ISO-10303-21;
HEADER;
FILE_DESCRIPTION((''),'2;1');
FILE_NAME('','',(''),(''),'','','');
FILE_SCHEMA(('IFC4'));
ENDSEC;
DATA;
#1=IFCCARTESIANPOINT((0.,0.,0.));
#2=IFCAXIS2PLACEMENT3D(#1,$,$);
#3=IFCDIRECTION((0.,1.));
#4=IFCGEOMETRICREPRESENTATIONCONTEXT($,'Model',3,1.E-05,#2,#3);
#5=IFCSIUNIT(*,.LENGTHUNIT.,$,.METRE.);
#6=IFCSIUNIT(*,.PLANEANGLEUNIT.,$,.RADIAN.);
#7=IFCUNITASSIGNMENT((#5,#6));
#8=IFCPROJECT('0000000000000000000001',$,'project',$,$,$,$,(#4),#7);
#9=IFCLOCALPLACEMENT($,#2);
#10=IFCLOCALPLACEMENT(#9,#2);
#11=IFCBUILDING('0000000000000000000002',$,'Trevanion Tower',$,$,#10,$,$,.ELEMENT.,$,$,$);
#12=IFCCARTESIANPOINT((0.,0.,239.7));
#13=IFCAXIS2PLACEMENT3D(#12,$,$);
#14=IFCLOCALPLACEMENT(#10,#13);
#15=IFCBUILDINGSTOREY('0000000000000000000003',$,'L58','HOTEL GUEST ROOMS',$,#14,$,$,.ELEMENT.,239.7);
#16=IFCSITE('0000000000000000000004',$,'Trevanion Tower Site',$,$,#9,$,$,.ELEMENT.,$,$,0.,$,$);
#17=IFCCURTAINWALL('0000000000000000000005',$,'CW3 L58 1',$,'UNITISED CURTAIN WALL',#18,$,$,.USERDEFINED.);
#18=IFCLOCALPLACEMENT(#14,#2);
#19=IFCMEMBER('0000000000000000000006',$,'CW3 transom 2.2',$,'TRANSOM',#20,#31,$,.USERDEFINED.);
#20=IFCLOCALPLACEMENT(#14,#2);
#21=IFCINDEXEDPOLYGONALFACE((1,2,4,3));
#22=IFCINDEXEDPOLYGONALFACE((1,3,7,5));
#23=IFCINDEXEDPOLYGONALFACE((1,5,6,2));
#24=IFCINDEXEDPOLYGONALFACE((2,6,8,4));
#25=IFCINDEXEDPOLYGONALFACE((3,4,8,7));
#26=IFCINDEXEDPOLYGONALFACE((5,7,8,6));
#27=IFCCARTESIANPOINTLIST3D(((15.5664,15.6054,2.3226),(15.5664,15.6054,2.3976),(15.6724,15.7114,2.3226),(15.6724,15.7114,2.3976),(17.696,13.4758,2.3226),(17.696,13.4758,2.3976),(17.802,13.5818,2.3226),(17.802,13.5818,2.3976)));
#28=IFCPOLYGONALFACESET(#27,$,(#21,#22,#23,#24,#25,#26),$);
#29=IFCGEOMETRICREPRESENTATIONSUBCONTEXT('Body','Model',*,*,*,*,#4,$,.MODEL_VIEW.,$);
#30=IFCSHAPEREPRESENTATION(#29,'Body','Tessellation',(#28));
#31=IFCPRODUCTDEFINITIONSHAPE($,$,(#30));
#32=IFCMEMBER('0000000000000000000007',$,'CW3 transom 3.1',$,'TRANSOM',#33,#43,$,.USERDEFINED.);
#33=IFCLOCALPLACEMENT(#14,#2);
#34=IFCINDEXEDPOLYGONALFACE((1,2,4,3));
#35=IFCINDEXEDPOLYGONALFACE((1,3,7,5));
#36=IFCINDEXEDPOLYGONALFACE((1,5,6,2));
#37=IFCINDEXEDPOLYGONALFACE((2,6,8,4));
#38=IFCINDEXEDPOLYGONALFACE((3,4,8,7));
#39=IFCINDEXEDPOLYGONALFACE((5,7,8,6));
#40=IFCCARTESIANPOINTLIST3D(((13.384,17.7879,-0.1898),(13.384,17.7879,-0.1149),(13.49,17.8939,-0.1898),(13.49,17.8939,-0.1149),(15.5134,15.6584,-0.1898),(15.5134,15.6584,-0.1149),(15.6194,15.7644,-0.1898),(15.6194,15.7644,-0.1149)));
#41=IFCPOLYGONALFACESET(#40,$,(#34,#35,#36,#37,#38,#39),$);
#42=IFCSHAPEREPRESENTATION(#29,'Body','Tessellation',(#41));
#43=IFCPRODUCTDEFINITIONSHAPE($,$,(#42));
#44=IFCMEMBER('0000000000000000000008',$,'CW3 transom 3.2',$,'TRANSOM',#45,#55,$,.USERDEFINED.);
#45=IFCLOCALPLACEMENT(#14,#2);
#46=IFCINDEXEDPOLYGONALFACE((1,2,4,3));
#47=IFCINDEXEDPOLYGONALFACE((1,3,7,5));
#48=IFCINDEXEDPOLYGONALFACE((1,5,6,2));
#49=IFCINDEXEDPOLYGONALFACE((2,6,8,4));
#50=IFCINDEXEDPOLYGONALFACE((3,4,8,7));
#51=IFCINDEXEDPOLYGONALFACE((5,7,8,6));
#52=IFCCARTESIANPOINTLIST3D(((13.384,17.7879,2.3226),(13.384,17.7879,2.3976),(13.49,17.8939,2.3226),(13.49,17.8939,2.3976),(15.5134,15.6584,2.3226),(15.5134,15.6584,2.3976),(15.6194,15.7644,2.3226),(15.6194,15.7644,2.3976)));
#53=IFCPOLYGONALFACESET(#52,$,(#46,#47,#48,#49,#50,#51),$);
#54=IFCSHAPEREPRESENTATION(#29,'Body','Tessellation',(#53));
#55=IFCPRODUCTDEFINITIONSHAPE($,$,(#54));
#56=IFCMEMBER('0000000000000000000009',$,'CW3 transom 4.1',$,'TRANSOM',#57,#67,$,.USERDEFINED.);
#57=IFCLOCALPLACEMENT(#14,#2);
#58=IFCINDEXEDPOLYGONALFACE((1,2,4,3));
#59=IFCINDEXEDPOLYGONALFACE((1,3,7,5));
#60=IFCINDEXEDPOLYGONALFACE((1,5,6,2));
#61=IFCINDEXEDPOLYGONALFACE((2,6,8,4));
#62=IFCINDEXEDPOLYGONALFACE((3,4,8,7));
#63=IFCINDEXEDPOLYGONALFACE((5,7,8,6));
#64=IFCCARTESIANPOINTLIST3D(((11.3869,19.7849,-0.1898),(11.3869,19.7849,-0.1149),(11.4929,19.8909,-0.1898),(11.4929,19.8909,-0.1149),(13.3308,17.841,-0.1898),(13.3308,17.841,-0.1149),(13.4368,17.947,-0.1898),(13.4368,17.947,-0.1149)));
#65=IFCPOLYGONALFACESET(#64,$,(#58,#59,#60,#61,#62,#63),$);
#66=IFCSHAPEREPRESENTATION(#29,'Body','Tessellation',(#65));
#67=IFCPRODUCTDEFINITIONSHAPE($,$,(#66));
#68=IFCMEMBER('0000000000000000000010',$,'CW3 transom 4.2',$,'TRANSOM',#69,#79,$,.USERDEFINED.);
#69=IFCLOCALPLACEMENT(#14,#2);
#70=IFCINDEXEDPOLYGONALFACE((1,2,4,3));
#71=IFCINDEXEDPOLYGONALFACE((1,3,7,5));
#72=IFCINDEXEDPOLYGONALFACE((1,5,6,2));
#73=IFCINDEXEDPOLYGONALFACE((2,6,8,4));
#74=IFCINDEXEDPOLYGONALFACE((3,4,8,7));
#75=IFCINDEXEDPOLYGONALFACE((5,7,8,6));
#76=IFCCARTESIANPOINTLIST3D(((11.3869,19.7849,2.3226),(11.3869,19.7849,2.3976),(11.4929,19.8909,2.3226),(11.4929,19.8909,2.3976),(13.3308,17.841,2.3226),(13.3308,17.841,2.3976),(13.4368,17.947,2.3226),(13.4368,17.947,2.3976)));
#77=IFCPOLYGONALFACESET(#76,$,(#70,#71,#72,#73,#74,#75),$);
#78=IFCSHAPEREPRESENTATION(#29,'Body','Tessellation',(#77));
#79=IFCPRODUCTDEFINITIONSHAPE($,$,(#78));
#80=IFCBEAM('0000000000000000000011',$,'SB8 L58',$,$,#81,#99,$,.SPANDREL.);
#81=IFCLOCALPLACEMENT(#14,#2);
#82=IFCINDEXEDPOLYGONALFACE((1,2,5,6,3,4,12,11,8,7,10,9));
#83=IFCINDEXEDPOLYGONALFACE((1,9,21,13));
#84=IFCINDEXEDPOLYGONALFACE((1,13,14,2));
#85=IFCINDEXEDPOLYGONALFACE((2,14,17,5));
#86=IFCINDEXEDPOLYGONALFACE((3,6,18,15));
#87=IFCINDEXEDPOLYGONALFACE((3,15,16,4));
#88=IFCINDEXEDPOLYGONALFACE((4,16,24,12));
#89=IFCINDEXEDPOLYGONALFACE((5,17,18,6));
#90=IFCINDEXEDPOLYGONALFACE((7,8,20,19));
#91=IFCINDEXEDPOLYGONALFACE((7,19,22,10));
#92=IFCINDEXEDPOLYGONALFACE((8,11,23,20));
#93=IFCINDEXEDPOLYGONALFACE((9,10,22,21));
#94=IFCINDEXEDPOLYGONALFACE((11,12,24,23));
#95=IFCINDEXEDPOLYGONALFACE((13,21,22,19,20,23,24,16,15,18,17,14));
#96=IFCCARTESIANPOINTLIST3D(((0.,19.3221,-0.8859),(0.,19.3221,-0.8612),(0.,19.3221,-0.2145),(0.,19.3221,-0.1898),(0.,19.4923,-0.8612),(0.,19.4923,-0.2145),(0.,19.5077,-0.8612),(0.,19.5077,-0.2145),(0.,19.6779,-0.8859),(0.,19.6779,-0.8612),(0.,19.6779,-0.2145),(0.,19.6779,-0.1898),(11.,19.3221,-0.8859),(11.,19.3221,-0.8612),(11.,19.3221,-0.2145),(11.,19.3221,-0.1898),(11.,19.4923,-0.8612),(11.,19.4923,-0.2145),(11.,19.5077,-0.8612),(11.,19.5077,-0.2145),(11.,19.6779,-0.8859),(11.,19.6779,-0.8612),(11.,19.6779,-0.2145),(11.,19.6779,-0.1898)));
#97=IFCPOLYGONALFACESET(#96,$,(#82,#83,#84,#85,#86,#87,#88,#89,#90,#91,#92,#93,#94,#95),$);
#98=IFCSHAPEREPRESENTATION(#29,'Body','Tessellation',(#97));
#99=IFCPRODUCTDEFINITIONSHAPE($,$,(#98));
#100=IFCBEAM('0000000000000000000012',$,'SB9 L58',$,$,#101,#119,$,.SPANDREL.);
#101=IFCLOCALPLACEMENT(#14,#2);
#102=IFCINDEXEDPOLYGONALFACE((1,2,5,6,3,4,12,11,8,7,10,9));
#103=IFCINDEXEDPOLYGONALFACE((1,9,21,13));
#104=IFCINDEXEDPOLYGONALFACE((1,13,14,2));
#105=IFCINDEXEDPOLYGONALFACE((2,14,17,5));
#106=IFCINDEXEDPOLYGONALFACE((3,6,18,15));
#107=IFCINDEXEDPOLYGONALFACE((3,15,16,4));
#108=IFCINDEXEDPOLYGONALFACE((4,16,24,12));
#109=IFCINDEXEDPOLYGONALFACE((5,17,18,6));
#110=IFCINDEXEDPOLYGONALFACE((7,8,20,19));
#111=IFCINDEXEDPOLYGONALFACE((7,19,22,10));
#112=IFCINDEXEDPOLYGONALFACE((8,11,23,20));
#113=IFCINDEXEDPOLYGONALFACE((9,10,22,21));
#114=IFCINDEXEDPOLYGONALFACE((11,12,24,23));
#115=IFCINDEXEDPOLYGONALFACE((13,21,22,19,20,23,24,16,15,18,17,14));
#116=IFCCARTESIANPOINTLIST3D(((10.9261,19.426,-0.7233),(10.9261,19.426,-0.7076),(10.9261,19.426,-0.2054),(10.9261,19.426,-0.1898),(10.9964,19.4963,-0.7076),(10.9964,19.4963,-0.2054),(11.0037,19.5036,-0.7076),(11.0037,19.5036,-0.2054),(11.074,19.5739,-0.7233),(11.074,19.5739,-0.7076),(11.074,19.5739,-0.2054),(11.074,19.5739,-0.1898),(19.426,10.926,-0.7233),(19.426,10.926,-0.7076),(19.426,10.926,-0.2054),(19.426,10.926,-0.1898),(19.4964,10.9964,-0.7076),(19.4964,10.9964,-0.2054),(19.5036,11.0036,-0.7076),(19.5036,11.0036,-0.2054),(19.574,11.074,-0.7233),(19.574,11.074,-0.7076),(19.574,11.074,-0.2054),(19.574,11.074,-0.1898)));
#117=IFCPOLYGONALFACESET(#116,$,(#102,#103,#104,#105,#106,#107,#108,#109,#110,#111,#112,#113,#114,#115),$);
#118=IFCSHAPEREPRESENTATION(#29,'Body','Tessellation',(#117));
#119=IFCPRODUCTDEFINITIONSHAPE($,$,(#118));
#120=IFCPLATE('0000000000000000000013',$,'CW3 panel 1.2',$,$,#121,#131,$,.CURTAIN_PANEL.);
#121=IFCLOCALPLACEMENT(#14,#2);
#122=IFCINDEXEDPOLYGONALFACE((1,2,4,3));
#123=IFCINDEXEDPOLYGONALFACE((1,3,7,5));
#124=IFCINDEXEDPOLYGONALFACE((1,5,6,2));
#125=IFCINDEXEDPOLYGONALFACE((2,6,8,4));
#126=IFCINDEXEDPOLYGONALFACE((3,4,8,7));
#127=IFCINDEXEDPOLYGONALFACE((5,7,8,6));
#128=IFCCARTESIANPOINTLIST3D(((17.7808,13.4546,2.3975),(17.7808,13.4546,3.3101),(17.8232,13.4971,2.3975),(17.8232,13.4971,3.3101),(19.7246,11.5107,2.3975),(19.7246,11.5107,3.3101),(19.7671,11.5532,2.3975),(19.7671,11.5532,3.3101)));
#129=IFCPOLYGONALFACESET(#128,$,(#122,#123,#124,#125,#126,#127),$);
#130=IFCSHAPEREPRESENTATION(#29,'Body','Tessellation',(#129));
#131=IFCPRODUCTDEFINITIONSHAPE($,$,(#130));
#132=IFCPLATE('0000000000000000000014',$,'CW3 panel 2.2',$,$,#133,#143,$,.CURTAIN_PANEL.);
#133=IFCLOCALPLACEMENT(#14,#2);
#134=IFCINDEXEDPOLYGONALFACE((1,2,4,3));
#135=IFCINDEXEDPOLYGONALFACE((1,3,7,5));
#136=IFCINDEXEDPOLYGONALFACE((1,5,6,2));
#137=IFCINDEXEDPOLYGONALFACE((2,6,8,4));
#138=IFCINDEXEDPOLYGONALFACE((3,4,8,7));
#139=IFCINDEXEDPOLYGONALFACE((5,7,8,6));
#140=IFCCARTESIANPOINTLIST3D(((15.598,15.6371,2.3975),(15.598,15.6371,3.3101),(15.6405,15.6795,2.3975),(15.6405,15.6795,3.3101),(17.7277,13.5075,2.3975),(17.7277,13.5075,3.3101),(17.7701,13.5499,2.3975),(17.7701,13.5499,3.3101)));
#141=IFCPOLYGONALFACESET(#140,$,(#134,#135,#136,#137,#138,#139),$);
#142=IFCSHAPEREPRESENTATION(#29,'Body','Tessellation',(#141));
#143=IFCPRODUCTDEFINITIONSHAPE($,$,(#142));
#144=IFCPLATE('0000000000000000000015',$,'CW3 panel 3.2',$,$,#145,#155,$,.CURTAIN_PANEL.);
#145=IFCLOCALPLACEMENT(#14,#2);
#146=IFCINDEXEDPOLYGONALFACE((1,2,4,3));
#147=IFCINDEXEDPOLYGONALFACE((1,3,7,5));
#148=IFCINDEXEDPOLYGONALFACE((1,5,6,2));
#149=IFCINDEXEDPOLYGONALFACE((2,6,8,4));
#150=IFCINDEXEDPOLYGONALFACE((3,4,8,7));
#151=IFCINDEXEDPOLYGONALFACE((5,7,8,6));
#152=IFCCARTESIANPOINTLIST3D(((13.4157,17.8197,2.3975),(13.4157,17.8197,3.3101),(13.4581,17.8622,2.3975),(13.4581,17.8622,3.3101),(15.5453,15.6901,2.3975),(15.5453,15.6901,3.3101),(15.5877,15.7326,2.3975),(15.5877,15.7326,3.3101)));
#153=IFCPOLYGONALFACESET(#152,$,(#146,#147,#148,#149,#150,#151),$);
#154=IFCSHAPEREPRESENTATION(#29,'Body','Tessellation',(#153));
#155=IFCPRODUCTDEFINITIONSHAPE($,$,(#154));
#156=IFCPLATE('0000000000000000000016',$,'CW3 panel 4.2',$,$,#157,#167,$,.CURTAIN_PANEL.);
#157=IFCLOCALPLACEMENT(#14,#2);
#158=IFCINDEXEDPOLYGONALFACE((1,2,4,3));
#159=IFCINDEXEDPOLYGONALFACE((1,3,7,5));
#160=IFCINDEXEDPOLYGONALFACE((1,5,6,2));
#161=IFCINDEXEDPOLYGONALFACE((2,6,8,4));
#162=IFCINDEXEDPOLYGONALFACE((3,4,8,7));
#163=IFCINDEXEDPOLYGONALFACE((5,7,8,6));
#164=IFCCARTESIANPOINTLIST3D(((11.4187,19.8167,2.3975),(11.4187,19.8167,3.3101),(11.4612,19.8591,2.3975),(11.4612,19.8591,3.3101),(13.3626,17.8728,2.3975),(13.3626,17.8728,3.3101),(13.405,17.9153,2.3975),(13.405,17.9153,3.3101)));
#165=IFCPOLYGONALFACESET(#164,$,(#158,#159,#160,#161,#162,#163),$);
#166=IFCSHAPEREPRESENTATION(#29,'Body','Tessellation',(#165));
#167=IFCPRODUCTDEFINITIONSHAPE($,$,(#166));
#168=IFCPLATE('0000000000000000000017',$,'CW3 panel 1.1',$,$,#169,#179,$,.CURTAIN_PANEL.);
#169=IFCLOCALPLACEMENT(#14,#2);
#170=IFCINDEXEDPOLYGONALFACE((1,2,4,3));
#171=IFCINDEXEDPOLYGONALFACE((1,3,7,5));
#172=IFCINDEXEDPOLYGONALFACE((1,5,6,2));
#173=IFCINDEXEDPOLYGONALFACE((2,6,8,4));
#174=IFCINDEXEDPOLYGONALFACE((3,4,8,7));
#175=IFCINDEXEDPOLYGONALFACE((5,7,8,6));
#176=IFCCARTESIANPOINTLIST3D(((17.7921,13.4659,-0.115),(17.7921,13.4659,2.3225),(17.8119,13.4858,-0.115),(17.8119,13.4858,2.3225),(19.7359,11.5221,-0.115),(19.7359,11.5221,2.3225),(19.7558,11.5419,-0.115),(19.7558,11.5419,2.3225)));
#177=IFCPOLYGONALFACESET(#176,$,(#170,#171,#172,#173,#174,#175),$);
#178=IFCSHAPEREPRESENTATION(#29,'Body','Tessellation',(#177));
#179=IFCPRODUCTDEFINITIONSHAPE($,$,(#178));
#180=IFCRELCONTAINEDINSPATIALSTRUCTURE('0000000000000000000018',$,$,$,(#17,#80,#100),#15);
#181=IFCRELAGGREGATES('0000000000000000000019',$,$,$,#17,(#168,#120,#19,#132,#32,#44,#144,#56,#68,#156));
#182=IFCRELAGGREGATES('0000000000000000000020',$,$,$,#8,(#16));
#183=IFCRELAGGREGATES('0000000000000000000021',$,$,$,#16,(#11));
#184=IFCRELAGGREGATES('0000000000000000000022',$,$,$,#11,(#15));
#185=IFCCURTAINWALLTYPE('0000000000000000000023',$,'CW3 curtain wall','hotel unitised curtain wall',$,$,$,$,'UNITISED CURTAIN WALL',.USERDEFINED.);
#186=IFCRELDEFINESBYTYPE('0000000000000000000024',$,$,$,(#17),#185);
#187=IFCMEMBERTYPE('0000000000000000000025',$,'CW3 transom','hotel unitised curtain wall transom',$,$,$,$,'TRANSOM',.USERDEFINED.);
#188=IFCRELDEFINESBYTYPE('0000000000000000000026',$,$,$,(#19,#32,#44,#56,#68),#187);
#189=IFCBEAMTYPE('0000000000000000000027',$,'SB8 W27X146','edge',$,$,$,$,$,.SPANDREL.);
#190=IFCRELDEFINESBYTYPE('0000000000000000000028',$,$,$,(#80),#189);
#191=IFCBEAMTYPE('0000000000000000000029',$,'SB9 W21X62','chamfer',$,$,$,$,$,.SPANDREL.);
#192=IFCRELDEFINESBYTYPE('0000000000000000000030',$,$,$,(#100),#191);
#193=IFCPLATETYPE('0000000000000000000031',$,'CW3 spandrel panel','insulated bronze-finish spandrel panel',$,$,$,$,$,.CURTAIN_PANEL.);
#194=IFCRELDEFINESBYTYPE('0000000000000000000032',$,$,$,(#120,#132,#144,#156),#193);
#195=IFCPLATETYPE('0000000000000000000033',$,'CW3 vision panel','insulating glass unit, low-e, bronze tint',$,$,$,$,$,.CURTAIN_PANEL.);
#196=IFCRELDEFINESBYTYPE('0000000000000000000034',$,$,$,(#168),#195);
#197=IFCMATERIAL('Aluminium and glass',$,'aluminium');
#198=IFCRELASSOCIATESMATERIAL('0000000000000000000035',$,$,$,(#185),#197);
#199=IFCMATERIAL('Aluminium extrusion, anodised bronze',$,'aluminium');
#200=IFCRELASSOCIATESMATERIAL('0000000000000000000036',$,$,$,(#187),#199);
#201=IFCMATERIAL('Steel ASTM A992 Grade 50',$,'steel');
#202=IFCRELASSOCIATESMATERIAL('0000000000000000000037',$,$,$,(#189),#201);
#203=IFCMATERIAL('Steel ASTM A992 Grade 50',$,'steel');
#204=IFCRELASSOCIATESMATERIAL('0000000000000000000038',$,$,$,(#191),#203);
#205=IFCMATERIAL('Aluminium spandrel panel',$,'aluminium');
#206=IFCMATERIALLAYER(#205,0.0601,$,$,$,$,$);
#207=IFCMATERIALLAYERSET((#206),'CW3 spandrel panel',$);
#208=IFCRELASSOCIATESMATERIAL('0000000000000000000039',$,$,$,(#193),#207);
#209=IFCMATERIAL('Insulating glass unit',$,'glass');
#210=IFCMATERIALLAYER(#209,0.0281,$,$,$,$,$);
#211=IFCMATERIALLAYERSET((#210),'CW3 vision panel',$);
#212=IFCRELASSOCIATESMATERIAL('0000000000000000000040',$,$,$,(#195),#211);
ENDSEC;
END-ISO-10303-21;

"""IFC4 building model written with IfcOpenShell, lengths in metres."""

from ifc_helpers import new_model, si_unit, direction, frame, origin, origin_2d, place, context, subcontext, project, spatial, rectangle, i_section, extrude, material, layer, layer_set, material_profile, profile_set, type_object, element, aggregate, save


model = new_model("IFC4")

# Units and contexts
model_context = context("Model", 3, precision=1e-05, world=origin(), true_north=direction((0.0, 1.0)))
body_context = subcontext(model_context, "Body", "Model", "MODEL_VIEW")
ifc_project = project(units=[si_unit("LENGTHUNIT", "METRE"), si_unit("PLANEANGLEUNIT", "RADIAN")], contexts=[model_context])

# Site, building, storey
site_placement = place(None, origin())
site = spatial("IfcSite", under=ifc_project, at=site_placement, Name="Trevanion Tower Site", CompositionType="ELEMENT", RefElevation=0.0)
building_placement = place(site_placement, origin())
building = spatial("IfcBuilding", under=site, at=building_placement, Name="Trevanion Tower", CompositionType="ELEMENT")
storey_placement = place(building_placement, frame((0.0, 0.0, 239.7)))
storey = spatial("IfcBuildingStorey", under=building, at=storey_placement, Name="L58", Description="HOTEL GUEST ROOMS", CompositionType="ELEMENT", Elevation=239.7)

# Curtain wall
ifc_material_1 = material(Name="Aluminium and glass", Category="aluminium")
curtain_wall_type = type_object("IfcCurtainWallType", Name="CW3 curtain wall", Description="hotel unitised curtain wall", ElementType="UNITISED CURTAIN WALL", PredefinedType="USERDEFINED", material=ifc_material_1)
curtain_wall_1_placement = place(storey_placement, origin())
curtain_wall_1 = element("IfcCurtainWall", 1, at=curtain_wall_1_placement, inside=storey, type_object=curtain_wall_type, Name="CW3 L58 1", ObjectType="UNITISED CURTAIN WALL", PredefinedType="USERDEFINED")

# Members
ifc_material_2 = material(Name="Aluminium extrusion, anodised bronze", Category="aluminium")
ifc_material_profile_1 = material_profile(ifc_material_2, rectangle(XDim=0.1499, YDim=0.075, at=origin_2d()), Name="CW3 transom")
ifc_profile_set_1 = profile_set([ifc_material_profile_1], Name="Aluminium extrusion, anodised bronze")
member_type_1 = type_object("IfcMemberType", Name="CW3 transom", Description="hotel unitised curtain wall transom", ElementType="TRANSOM", PredefinedType="USERDEFINED", material=ifc_profile_set_1)
member_1_placement = place(storey_placement, frame((17.749, 13.5288, 2.3601), z_axis=(-0.707107, 0.707107, 0.0), x_axis=(-0.707107, -0.707107, 0.0)))
member_1 = element("IfcMember", 2, at=member_1_placement, type_object=member_type_1, Name="CW3 transom 2.2", ObjectType="TRANSOM", PredefinedType="USERDEFINED", context=body_context, shape_type="SweptSolid", body=[
    extrude(rectangle(XDim=0.1499, YDim=0.075, at=origin_2d()), origin(), (0.0, 0.0, 1.0), 3.0117),
])
member_2_placement = place(storey_placement, frame((15.5664, 15.7114, -0.1523), z_axis=(-0.707107, 0.707107, 0.0), x_axis=(-0.707107, -0.707107, 0.0)))
member_2 = element("IfcMember", 3, at=member_2_placement, type_object=member_type_1, Name="CW3 transom 3.1", ObjectType="TRANSOM", PredefinedType="USERDEFINED", context=body_context, shape_type="SweptSolid", body=[
    extrude(rectangle(XDim=0.1499, YDim=0.075, at=origin_2d()), origin(), (0.0, 0.0, 1.0), 3.0115),
])
member_3_placement = place(storey_placement, frame((15.5664, 15.7114, 2.3601), z_axis=(-0.707107, 0.707107, 0.0), x_axis=(-0.707107, -0.707107, 0.0)))
member_3 = element("IfcMember", 4, at=member_3_placement, type_object=member_type_1, Name="CW3 transom 3.2", ObjectType="TRANSOM", PredefinedType="USERDEFINED", context=body_context, shape_type="SweptSolid", body=[
    extrude(rectangle(XDim=0.1499, YDim=0.075, at=origin_2d()), origin(), (0.0, 0.0, 1.0), 3.0115),
])
member_4_placement = place(storey_placement, frame((13.3838, 17.894, -0.1523), z_axis=(-0.707107, 0.707107, 0.0), x_axis=(-0.707107, -0.707107, 0.0)))
member_4 = element("IfcMember", 5, at=member_4_placement, type_object=member_type_1, Name="CW3 transom 4.1", ObjectType="TRANSOM", PredefinedType="USERDEFINED", context=body_context, shape_type="SweptSolid", body=[
    extrude(rectangle(XDim=0.1499, YDim=0.075, at=origin_2d()), origin(), (0.0, 0.0, 1.0), 2.749),
])
member_5_placement = place(storey_placement, frame((13.3838, 17.894, 2.3601), z_axis=(-0.707107, 0.707107, 0.0), x_axis=(-0.707107, -0.707107, 0.0)))
member_5 = element("IfcMember", 6, at=member_5_placement, type_object=member_type_1, Name="CW3 transom 4.2", ObjectType="TRANSOM", PredefinedType="USERDEFINED", context=body_context, shape_type="SweptSolid", body=[
    extrude(rectangle(XDim=0.1499, YDim=0.075, at=origin_2d()), origin(), (0.0, 0.0, 1.0), 2.749),
])

# Beams
ifc_material_3 = material(Name="Steel ASTM A992 Grade 50", Category="steel")
ifc_material_profile_2 = material_profile(ifc_material_3, i_section(OverallWidth=0.3557, OverallDepth=0.696, WebThickness=0.0154, FlangeThickness=0.0247, at=origin_2d()), Name="W27X146")
ifc_profile_set_2 = profile_set([ifc_material_profile_2], Name="Steel ASTM A992 Grade 50")
beam_type_1 = type_object("IfcBeamType", Name="SB8 W27X146", Description="edge", PredefinedType="SPANDREL", material=ifc_profile_set_2)
beam_1_placement = place(storey_placement, frame((11.0, 19.5, -0.5378), z_axis=(-1.0, 0.0, 0.0), x_axis=(0.0, -1.0, 0.0)))
element("IfcBeam", 7, at=beam_1_placement, inside=storey, type_object=beam_type_1, Name="SB8 L58", PredefinedType="SPANDREL", context=body_context, shape_type="SweptSolid", body=[
    extrude(i_section(OverallWidth=0.3557, OverallDepth=0.696, WebThickness=0.0154, FlangeThickness=0.0247, at=origin_2d()), origin(), (0.0, 0.0, 1.0), 11.0),
])
ifc_material_4 = material(Name="Steel ASTM A992 Grade 50", Category="steel")
ifc_material_profile_3 = material_profile(ifc_material_4, i_section(OverallWidth=0.2092, OverallDepth=0.5334, WebThickness=0.0103, FlangeThickness=0.0156, at=origin_2d()), Name="W21X62")
ifc_profile_set_3 = profile_set([ifc_material_profile_3], Name="Steel ASTM A992 Grade 50")
beam_type_2 = type_object("IfcBeamType", Name="SB9 W21X62", Description="chamfer", PredefinedType="SPANDREL", material=ifc_profile_set_3)
beam_2_placement = place(storey_placement, frame((19.5, 11.0, -0.4565), z_axis=(-0.707107, 0.707107, 0.0), x_axis=(-0.707107, -0.707107, 0.0)))
element("IfcBeam", 8, at=beam_2_placement, inside=storey, type_object=beam_type_2, Name="SB9 L58", PredefinedType="SPANDREL", context=body_context, shape_type="SweptSolid", body=[
    extrude(i_section(OverallWidth=0.2092, OverallDepth=0.5334, WebThickness=0.0103, FlangeThickness=0.0156, at=origin_2d()), origin(), (0.0, 0.0, 1.0), 12.0208),
])

# Plates
ifc_material_5 = material(Name="Aluminium spandrel panel", Category="aluminium")
ifc_layer_1 = layer(ifc_material_5, 0.0601)
ifc_layer_set_1 = layer_set([ifc_layer_1], Name="CW3 spandrel panel")
plate_type_1 = type_object("IfcPlateType", Name="CW3 spandrel panel", Description="insulated bronze-finish spandrel panel", PredefinedType="CURTAIN_PANEL", material=ifc_layer_set_1)
plate_1_placement = place(storey_placement, frame((18.7739, 12.5039, 2.3975), z_axis=(0.0, 0.0, 1.0), x_axis=(-0.707107, 0.707107, 0.0)))
plate_1 = element("IfcPlate", 9, at=plate_1_placement, type_object=plate_type_1, Name="CW3 panel 1.2", PredefinedType="CURTAIN_PANEL", context=body_context, shape_type="SweptSolid", body=[
    extrude(rectangle(XDim=2.749, YDim=0.0601, at=origin_2d()), origin(), (0.0, 0.0, 1.0), 0.9126),
])
plate_2_placement = place(storey_placement, frame((16.6841, 14.5935, 2.3975), z_axis=(0.0, 0.0, 1.0), x_axis=(-0.707107, 0.707107, 0.0)))
plate_2 = element("IfcPlate", 10, at=plate_2_placement, type_object=plate_type_1, Name="CW3 panel 2.2", PredefinedType="CURTAIN_PANEL", context=body_context, shape_type="SweptSolid", body=[
    extrude(rectangle(XDim=3.0117, YDim=0.0601, at=origin_2d()), origin(), (0.0, 0.0, 1.0), 0.9126),
])
plate_3_placement = place(storey_placement, frame((14.5017, 16.7761, 2.3975), z_axis=(0.0, 0.0, 1.0), x_axis=(-0.707107, 0.707107, 0.0)))
plate_3 = element("IfcPlate", 11, at=plate_3_placement, type_object=plate_type_1, Name="CW3 panel 3.2", PredefinedType="CURTAIN_PANEL", context=body_context, shape_type="SweptSolid", body=[
    extrude(rectangle(XDim=3.0117, YDim=0.0601, at=origin_2d()), origin(), (0.0, 0.0, 1.0), 0.9126),
])
plate_4_placement = place(storey_placement, frame((12.4119, 18.866, 2.3975), z_axis=(0.0, 0.0, 1.0), x_axis=(-0.707107, 0.707107, 0.0)))
plate_4 = element("IfcPlate", 12, at=plate_4_placement, type_object=plate_type_1, Name="CW3 panel 4.2", PredefinedType="CURTAIN_PANEL", context=body_context, shape_type="SweptSolid", body=[
    extrude(rectangle(XDim=2.749, YDim=0.0601, at=origin_2d()), origin(), (0.0, 0.0, 1.0), 0.9126),
])
ifc_material_6 = material(Name="Insulating glass unit", Category="glass")
ifc_layer_2 = layer(ifc_material_6, 0.0281)
ifc_layer_set_2 = layer_set([ifc_layer_2], Name="CW3 vision panel")
plate_type_2 = type_object("IfcPlateType", Name="CW3 vision panel", Description="insulating glass unit, low-e, bronze tint", PredefinedType="CURTAIN_PANEL", material=ifc_layer_set_2)
plate_5_placement = place(storey_placement, frame((18.7739, 12.5039, -0.115), z_axis=(0.0, 0.0, 1.0), x_axis=(-0.707107, 0.707107, 0.0)))
plate_5 = element("IfcPlate", 13, at=plate_5_placement, type_object=plate_type_2, Name="CW3 panel 1.1", PredefinedType="CURTAIN_PANEL", context=body_context, shape_type="SweptSolid", body=[
    extrude(rectangle(XDim=2.749, YDim=0.0281, at=origin_2d()), origin(), (0.0, 0.0, 1.0), 2.4375),
])
aggregate(curtain_wall_1, [plate_5, plate_1, member_1, plate_2, member_2, member_3, plate_3, member_4, member_5, plate_4])

save(model, "model.ifc")
